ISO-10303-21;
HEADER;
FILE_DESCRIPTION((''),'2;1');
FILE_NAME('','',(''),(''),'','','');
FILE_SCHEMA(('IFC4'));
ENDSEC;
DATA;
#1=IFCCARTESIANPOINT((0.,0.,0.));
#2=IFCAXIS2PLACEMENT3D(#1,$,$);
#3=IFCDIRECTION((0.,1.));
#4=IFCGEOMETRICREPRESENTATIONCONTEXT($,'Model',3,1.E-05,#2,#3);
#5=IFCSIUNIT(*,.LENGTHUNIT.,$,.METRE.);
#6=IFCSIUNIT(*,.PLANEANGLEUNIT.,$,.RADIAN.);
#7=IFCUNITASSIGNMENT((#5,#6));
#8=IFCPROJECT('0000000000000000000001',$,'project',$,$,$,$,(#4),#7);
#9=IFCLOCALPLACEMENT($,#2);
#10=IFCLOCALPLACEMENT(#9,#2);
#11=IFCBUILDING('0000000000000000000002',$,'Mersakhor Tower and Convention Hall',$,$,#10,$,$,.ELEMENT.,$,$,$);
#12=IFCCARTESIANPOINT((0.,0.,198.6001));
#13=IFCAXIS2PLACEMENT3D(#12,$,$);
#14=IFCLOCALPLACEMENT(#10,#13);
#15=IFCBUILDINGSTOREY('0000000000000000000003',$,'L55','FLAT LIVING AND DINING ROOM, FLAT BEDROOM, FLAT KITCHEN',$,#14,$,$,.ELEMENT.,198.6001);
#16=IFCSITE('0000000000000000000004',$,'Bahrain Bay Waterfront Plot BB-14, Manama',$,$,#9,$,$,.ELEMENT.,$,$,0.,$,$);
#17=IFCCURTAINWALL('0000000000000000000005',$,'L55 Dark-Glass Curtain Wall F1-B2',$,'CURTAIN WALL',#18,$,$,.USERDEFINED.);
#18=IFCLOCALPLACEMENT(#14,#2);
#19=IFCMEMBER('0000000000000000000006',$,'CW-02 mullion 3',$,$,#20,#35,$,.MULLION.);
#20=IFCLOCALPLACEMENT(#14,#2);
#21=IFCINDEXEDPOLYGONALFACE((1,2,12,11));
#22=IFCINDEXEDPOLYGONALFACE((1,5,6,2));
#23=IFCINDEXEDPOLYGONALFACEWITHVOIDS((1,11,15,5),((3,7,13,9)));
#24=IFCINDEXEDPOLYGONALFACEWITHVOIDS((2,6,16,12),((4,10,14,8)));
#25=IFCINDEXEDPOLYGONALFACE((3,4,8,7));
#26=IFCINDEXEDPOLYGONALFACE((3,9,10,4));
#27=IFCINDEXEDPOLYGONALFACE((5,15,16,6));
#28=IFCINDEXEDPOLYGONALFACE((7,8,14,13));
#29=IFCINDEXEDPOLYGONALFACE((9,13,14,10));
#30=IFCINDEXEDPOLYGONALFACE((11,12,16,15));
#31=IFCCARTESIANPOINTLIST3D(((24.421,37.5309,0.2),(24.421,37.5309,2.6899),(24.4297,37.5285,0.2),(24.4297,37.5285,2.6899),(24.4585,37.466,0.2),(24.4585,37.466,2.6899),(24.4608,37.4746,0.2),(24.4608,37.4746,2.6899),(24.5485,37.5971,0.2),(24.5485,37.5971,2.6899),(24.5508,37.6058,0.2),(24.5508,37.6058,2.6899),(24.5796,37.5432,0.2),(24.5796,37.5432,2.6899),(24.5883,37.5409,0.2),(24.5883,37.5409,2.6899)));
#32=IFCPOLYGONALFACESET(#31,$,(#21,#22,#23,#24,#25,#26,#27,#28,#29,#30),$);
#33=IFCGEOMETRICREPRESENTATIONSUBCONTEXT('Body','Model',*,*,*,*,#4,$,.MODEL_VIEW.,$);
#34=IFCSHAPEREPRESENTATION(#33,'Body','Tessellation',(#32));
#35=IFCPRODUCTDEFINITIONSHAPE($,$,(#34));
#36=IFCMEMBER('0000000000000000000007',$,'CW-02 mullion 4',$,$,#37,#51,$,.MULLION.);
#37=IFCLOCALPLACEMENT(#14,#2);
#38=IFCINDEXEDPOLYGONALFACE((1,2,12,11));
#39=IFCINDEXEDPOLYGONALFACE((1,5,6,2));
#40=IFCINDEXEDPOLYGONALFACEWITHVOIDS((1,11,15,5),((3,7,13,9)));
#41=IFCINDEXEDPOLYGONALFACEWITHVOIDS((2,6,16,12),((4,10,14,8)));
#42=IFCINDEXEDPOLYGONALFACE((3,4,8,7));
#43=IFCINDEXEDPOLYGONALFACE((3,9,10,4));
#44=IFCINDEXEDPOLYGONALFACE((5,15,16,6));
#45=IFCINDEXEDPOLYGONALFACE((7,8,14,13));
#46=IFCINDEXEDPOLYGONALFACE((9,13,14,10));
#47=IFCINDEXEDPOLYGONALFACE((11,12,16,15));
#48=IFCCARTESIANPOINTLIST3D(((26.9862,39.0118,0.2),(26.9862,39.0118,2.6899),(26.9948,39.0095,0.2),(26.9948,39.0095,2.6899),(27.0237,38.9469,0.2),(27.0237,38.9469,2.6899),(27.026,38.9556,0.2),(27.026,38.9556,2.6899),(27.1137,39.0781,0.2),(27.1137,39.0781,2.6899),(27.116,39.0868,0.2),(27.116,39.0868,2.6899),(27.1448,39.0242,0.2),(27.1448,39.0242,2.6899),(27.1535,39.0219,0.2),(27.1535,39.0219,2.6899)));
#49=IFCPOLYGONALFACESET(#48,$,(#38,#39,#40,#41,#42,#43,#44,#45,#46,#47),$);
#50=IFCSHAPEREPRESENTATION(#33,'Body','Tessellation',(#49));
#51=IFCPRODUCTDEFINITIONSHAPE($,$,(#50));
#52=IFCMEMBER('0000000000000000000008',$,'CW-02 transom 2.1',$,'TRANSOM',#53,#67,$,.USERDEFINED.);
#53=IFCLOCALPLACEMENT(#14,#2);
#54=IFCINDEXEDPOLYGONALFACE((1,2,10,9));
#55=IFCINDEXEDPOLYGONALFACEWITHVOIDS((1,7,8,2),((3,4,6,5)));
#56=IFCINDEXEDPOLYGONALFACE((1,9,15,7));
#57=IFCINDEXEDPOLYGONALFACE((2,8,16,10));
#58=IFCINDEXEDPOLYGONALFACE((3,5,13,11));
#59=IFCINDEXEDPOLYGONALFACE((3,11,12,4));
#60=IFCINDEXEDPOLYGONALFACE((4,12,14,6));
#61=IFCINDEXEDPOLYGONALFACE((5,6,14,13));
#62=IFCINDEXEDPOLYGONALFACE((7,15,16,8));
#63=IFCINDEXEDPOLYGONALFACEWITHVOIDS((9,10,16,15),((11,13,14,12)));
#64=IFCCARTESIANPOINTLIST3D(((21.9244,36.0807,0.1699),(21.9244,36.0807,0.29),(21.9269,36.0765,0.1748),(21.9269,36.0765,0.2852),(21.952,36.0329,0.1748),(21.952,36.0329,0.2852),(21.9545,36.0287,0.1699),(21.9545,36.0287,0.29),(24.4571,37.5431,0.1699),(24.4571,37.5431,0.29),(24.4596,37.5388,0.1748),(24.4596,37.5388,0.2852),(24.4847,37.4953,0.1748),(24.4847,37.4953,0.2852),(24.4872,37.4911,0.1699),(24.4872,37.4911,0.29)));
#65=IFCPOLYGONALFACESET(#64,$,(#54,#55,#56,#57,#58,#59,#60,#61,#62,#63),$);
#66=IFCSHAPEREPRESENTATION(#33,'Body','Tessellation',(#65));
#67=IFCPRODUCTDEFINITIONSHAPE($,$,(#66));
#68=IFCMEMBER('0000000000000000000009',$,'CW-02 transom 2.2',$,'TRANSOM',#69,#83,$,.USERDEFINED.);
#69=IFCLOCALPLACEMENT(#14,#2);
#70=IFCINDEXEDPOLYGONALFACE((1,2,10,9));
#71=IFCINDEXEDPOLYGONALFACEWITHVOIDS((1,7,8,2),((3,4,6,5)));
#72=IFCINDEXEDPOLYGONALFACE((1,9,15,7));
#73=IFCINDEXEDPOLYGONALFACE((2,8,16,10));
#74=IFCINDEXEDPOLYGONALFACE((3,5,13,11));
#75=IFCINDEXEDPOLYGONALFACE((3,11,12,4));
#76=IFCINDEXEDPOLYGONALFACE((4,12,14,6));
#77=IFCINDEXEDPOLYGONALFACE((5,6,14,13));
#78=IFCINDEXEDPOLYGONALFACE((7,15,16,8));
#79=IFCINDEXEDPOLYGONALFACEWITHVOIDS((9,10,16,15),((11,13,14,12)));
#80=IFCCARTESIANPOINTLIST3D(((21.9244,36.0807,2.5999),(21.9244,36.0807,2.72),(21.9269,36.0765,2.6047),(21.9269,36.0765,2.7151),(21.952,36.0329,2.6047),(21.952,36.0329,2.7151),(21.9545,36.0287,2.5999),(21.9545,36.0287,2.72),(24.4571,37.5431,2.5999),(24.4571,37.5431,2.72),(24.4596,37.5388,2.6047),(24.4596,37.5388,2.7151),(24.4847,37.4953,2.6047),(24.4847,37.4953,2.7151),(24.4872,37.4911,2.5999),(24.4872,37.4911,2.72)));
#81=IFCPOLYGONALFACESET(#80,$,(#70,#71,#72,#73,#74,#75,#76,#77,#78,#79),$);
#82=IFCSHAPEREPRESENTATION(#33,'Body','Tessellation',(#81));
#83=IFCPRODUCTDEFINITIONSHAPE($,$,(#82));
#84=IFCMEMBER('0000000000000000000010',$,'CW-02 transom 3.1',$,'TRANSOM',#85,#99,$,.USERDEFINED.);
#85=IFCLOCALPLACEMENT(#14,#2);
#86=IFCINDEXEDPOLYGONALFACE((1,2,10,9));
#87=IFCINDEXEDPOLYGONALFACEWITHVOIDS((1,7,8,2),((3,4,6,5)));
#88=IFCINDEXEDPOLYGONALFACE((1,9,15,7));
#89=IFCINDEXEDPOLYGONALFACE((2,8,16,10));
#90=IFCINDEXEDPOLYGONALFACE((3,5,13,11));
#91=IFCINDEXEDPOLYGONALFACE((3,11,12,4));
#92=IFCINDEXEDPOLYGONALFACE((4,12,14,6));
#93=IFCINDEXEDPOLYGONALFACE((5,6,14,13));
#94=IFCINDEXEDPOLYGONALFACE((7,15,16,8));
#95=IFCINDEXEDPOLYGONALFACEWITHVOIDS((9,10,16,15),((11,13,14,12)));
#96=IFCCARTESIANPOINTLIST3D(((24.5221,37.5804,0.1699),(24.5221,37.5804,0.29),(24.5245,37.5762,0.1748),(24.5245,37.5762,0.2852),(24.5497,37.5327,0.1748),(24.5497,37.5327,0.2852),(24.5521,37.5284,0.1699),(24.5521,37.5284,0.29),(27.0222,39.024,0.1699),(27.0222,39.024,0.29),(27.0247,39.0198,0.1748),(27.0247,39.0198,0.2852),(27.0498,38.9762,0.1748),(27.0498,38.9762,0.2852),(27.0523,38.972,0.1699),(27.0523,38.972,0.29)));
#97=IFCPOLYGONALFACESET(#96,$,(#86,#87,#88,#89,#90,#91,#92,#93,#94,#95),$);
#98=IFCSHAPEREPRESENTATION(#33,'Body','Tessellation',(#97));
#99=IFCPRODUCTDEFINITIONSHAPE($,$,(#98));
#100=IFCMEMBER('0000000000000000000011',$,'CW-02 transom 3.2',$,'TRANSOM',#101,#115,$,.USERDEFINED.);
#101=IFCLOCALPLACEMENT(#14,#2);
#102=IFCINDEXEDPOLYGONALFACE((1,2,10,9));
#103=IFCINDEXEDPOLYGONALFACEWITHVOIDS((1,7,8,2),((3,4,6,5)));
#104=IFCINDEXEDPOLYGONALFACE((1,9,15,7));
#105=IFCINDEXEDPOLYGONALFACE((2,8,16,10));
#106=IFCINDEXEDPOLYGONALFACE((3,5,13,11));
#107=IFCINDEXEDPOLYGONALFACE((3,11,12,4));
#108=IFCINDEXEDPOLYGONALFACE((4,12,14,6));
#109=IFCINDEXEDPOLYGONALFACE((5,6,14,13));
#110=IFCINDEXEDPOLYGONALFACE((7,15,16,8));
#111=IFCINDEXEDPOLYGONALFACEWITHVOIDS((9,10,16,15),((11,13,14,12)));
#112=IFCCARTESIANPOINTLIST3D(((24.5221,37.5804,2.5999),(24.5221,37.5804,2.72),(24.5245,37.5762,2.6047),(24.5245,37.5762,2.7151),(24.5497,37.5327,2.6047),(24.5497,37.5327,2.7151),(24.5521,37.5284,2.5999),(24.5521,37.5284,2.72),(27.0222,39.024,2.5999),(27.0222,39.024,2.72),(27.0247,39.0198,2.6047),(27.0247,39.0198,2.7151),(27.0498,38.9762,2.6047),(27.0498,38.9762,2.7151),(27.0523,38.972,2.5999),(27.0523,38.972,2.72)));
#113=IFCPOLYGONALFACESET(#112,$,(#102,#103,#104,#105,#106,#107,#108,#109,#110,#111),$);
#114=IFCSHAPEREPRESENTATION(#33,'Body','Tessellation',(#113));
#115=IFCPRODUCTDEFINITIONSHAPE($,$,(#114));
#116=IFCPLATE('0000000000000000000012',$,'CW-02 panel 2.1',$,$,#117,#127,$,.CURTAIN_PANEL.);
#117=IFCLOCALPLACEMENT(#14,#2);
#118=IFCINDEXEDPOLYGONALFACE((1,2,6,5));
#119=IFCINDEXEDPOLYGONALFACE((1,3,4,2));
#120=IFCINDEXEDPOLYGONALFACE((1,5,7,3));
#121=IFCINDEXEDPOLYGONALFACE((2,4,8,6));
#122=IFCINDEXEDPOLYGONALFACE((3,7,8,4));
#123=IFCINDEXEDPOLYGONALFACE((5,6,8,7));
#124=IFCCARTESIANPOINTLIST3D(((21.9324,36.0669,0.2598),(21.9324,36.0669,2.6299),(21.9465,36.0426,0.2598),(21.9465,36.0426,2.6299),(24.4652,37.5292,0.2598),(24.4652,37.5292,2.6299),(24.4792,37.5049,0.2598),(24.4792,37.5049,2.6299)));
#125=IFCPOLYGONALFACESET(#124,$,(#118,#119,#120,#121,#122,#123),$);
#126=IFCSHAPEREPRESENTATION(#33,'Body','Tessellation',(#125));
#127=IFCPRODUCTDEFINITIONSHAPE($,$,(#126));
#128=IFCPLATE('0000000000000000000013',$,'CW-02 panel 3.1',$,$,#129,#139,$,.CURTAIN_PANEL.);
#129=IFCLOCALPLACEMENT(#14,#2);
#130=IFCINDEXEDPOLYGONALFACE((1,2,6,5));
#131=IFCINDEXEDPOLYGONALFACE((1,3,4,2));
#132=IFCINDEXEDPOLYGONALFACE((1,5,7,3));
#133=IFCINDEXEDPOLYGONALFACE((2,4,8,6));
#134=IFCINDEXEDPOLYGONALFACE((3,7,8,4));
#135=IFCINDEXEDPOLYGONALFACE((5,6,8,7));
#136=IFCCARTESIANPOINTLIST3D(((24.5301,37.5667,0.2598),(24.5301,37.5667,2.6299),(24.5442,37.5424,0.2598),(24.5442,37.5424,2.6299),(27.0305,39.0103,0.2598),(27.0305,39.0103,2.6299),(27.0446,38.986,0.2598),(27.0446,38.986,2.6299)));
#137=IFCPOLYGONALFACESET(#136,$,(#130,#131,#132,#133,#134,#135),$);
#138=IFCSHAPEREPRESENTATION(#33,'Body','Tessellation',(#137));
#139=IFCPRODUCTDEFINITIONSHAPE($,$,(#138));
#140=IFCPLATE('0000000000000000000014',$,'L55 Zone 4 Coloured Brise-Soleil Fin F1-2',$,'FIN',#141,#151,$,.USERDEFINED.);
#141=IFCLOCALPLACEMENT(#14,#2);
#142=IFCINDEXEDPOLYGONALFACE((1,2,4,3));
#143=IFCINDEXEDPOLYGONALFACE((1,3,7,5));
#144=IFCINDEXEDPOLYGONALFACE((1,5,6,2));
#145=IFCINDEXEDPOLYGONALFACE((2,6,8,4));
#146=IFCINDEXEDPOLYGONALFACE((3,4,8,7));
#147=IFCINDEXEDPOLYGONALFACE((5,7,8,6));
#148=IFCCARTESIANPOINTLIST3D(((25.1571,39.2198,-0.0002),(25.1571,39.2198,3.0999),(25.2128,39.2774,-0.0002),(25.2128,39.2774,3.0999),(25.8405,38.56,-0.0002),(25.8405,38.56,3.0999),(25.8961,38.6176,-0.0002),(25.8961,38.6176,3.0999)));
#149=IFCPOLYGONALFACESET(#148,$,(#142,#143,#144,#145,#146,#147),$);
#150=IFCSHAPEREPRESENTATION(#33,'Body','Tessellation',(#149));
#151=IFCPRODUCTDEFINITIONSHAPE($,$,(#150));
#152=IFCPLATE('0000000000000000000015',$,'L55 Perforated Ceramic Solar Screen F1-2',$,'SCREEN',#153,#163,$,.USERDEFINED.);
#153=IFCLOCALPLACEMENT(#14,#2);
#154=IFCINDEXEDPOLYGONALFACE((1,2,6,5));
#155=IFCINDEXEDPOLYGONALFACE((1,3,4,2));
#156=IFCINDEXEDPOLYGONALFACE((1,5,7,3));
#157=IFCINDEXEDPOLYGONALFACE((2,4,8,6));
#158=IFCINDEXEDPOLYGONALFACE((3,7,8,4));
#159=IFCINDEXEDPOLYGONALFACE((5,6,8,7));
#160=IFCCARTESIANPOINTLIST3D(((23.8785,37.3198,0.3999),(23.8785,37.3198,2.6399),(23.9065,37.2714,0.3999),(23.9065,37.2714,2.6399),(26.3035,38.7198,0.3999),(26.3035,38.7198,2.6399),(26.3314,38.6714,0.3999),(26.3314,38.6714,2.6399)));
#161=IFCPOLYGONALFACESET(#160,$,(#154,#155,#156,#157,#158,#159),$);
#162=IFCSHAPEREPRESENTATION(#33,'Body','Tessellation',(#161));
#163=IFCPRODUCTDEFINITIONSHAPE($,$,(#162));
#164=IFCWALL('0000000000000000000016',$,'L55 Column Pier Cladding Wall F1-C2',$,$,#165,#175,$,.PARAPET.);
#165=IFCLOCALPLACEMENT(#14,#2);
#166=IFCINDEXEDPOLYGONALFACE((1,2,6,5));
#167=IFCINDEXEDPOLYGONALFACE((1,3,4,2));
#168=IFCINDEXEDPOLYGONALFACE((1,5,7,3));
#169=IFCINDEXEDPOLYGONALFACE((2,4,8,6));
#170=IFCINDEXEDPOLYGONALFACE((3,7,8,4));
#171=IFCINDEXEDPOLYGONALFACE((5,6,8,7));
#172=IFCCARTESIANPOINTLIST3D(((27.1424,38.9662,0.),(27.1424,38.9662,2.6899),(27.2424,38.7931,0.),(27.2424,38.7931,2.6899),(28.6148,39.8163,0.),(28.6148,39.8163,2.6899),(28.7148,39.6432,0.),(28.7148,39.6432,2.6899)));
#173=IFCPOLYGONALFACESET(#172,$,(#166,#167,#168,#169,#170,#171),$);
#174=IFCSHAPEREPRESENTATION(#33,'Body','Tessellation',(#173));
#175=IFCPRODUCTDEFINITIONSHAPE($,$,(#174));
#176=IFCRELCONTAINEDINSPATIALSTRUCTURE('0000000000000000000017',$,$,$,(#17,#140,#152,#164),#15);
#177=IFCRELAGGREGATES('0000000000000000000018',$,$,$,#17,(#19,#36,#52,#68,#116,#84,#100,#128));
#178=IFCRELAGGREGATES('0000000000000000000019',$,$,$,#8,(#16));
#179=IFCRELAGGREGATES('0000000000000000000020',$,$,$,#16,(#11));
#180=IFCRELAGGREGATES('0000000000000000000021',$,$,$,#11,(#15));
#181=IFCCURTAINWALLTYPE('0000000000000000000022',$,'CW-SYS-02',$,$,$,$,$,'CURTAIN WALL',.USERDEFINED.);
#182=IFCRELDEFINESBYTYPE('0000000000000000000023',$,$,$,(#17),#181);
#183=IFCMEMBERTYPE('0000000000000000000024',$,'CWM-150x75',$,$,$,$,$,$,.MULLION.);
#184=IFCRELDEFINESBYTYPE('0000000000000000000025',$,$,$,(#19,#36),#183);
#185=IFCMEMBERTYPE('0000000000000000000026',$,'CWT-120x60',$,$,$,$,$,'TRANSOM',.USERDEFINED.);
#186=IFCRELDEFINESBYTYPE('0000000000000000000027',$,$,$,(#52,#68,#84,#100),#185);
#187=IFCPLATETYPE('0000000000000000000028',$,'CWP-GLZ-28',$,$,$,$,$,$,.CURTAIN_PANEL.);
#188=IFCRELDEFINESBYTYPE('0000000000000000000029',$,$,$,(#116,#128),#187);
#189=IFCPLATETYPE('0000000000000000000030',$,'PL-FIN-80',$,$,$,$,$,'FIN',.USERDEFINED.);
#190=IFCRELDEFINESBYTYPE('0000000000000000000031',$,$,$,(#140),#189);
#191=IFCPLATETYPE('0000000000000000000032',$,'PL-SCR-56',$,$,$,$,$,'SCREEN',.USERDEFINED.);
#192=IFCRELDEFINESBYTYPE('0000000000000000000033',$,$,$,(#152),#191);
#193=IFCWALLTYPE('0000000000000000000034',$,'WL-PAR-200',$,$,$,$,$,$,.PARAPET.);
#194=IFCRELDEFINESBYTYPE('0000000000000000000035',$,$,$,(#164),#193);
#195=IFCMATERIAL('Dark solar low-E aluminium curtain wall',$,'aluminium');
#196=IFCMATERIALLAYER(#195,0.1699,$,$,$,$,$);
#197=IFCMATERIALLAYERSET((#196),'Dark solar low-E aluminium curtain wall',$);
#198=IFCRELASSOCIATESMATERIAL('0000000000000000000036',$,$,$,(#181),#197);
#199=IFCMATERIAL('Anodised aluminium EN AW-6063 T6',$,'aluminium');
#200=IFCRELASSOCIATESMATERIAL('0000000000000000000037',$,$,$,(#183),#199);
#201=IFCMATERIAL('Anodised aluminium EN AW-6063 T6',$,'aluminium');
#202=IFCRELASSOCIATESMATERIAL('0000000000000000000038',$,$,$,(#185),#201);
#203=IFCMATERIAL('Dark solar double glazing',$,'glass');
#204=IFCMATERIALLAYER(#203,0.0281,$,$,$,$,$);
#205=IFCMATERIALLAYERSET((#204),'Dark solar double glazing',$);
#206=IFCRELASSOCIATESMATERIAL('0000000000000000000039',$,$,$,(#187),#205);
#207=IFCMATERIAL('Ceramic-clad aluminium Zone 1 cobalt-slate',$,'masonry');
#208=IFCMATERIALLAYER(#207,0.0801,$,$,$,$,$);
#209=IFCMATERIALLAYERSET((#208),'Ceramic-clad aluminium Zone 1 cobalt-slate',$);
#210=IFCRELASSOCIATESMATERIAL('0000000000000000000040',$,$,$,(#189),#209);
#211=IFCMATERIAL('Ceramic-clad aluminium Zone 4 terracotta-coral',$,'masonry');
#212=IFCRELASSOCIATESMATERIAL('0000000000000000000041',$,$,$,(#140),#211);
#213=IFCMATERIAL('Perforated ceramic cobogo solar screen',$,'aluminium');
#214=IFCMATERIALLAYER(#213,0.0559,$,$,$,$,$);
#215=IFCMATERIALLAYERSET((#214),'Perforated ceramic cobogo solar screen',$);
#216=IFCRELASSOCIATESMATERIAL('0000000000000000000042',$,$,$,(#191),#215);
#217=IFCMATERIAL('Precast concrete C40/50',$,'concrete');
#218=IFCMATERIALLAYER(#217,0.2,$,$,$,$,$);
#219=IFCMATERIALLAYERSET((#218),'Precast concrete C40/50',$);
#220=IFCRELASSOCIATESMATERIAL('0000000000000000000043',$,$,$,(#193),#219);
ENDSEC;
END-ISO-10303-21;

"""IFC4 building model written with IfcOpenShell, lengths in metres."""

from ifc_helpers import new_model, si_unit, direction, frame, frame_2d, origin, origin_2d, place, context, subcontext, project, spatial, rectangle, hollow_rectangle, extrude, material, layer, layer_set, material_profile, profile_set, type_object, element, aggregate, save


model = new_model("IFC4")

# Units and contexts
model_context = context("Model", 3, precision=1e-05, world=origin(), true_north=direction((0.0, 1.0)))
body_context = subcontext(model_context, "Body", "Model", "MODEL_VIEW")
ifc_project = project(units=[si_unit("LENGTHUNIT", "METRE"), si_unit("PLANEANGLEUNIT", "RADIAN")], contexts=[model_context])

# Site, building, storey
site_placement = place(None, origin())
site = spatial("IfcSite", under=ifc_project, at=site_placement, Name="Bahrain Bay Waterfront Plot BB-14, Manama", CompositionType="ELEMENT", RefElevation=0.0)
building_placement = place(site_placement, origin())
building = spatial("IfcBuilding", under=site, at=building_placement, Name="Mersakhor Tower and Convention Hall", CompositionType="ELEMENT")
storey_placement = place(building_placement, frame((0.0, 0.0, 198.6001)))
storey = spatial("IfcBuildingStorey", under=building, at=storey_placement, Name="L55", Description="FLAT LIVING AND DINING ROOM, FLAT BEDROOM, FLAT KITCHEN", CompositionType="ELEMENT", Elevation=198.6001)

# Curtain wall, members, plates
ifc_material_1 = material(Name="Dark solar low-E aluminium curtain wall", Category="aluminium")
ifc_layer_1 = layer(ifc_material_1, 0.1699)
ifc_layer_set_1 = layer_set([ifc_layer_1], Name="Dark solar low-E aluminium curtain wall")
curtain_wall_type = type_object("IfcCurtainWallType", Name="CW-SYS-02", ElementType="CURTAIN WALL", PredefinedType="USERDEFINED", material=ifc_layer_set_1)
curtain_wall_placement = place(storey_placement, origin())
curtain_wall = element("IfcCurtainWall", 1, at=curtain_wall_placement, inside=storey, type_object=curtain_wall_type, Name="L55 Dark-Glass Curtain Wall F1-B2", ObjectType="CURTAIN WALL", PredefinedType="USERDEFINED")
ifc_material_2 = material(Name="Anodised aluminium EN AW-6063 T6", Category="aluminium")
ifc_material_profile_1 = material_profile(ifc_material_2, hollow_rectangle(XDim=0.075, YDim=0.1499, WallThickness=0.0063, at=origin_2d()), Name="RHS 150x75x6.3")
ifc_profile_set_1 = profile_set([ifc_material_profile_1], Name="Anodised aluminium EN AW-6063 T6")
member_type_1 = type_object("IfcMemberType", Name="CWM-150x75", PredefinedType="MULLION", material=ifc_profile_set_1)
member_1_placement = place(storey_placement, frame((24.5046, 37.5359, 0.2), z_axis=(0.0, 0.0, 1.0), x_axis=(-0.500008, 0.866021, 0.0)))
member_1 = element("IfcMember", 2, at=member_1_placement, type_object=member_type_1, Name="CW-02 mullion 3", PredefinedType="MULLION", context=body_context, shape_type="SweptSolid", body=[
    extrude(hollow_rectangle(XDim=0.075, YDim=0.1499, WallThickness=0.0063, at=origin_2d()), origin(), (0.0, 0.0, 1.0), 2.49),
])
member_2_placement = place(storey_placement, frame((27.0698, 39.0168, 0.2), z_axis=(0.0, 0.0, 1.0), x_axis=(-0.500008, 0.866021, 0.0)))
member_2 = element("IfcMember", 3, at=member_2_placement, type_object=member_type_1, Name="CW-02 mullion 4", PredefinedType="MULLION", context=body_context, shape_type="SweptSolid", body=[
    extrude(hollow_rectangle(XDim=0.075, YDim=0.1499, WallThickness=0.0063, at=origin_2d()), origin(), (0.0, 0.0, 1.0), 2.49),
])
ifc_material_3 = material(Name="Anodised aluminium EN AW-6063 T6", Category="aluminium")
ifc_material_profile_2 = material_profile(ifc_material_3, hollow_rectangle(XDim=0.0601, YDim=0.1201, WallThickness=0.0049, at=origin_2d()), Name="RHS 120x60x5")
ifc_profile_set_2 = profile_set([ifc_material_profile_2], Name="Anodised aluminium EN AW-6063 T6")
member_type_2 = type_object("IfcMemberType", Name="CWT-120x60", ElementType="TRANSOM", PredefinedType="USERDEFINED", material=ifc_profile_set_2)
member_3_placement = place(storey_placement, frame((21.9395, 36.0547, 0.23), z_axis=(0.866005, 0.500036, 0.0), x_axis=(-0.500036, 0.866005, 0.0)))
member_3 = element("IfcMember", 4, at=member_3_placement, type_object=member_type_2, Name="CW-02 transom 2.1", ObjectType="TRANSOM", PredefinedType="USERDEFINED", context=body_context, shape_type="SweptSolid", body=[
    extrude(hollow_rectangle(XDim=0.0601, YDim=0.1201, WallThickness=0.0049, at=origin_2d()), origin(), (0.0, 0.0, 1.0), 2.9246),
])
member_4_placement = place(storey_placement, frame((21.9395, 36.0547, 2.6599), z_axis=(0.866005, 0.500036, 0.0), x_axis=(-0.500036, 0.866005, 0.0)))
member_4 = element("IfcMember", 5, at=member_4_placement, type_object=member_type_2, Name="CW-02 transom 2.2", ObjectType="TRANSOM", PredefinedType="USERDEFINED", context=body_context, shape_type="SweptSolid", body=[
    extrude(hollow_rectangle(XDim=0.0601, YDim=0.1201, WallThickness=0.0049, at=origin_2d()), origin(), (0.0, 0.0, 1.0), 2.9246),
])
member_5_placement = place(storey_placement, frame((24.5371, 37.5544, 0.23), z_axis=(0.866012, 0.500023, 0.0), x_axis=(-0.500023, 0.866012, 0.0)))
member_5 = element("IfcMember", 6, at=member_5_placement, type_object=member_type_2, Name="CW-02 transom 3.1", ObjectType="TRANSOM", PredefinedType="USERDEFINED", context=body_context, shape_type="SweptSolid", body=[
    extrude(hollow_rectangle(XDim=0.0601, YDim=0.1201, WallThickness=0.0049, at=origin_2d()), origin(), (0.0, 0.0, 1.0), 2.887),
])
member_6_placement = place(storey_placement, frame((24.5371, 37.5544, 2.6599), z_axis=(0.866012, 0.500023, 0.0), x_axis=(-0.500023, 0.866012, 0.0)))
member_6 = element("IfcMember", 7, at=member_6_placement, type_object=member_type_2, Name="CW-02 transom 3.2", ObjectType="TRANSOM", PredefinedType="USERDEFINED", context=body_context, shape_type="SweptSolid", body=[
    extrude(hollow_rectangle(XDim=0.0601, YDim=0.1201, WallThickness=0.0049, at=origin_2d()), origin(), (0.0, 0.0, 1.0), 2.887),
])
ifc_material_4 = material(Name="Dark solar double glazing", Category="glass")
ifc_layer_2 = layer(ifc_material_4, 0.0281)
ifc_layer_set_2 = layer_set([ifc_layer_2], Name="Dark solar double glazing")
plate_type_1 = type_object("IfcPlateType", Name="CWP-GLZ-28", PredefinedType="CURTAIN_PANEL", material=ifc_layer_set_2)
plate_1_placement = place(storey_placement, frame((23.2058, 36.7859, 0.2598), z_axis=(0.0, 0.0, 1.0), x_axis=(0.866021, 0.500008, 0.0)))
plate_1 = element("IfcPlate", 8, at=plate_1_placement, type_object=plate_type_1, Name="CW-02 panel 2.1", PredefinedType="CURTAIN_PANEL", context=body_context, shape_type="SweptSolid", body=[
    extrude(rectangle(XDim=2.9246, YDim=0.0281, at=origin_2d()), origin(), (0.0, 0.0, 1.0), 2.3701),
])
plate_2_placement = place(storey_placement, frame((25.7874, 38.2764, 0.2598), z_axis=(0.0, 0.0, 1.0), x_axis=(0.866021, 0.500008, 0.0)))
plate_2 = element("IfcPlate", 9, at=plate_2_placement, type_object=plate_type_1, Name="CW-02 panel 3.1", PredefinedType="CURTAIN_PANEL", context=body_context, shape_type="SweptSolid", body=[
    extrude(rectangle(XDim=2.8872, YDim=0.0281, at=origin_2d()), origin(), (0.0, 0.0, 1.0), 2.3701),
])
aggregate(curtain_wall, [member_1, member_2, member_3, member_4, plate_1, member_5, member_6, plate_2])

# Plates
ifc_material_5 = material(Name="Ceramic-clad aluminium Zone 4 terracotta-coral", Category="masonry")
ifc_material_6 = material(Name="Ceramic-clad aluminium Zone 1 cobalt-slate", Category="masonry")
ifc_layer_3 = layer(ifc_material_6, 0.0801)
ifc_layer_set_3 = layer_set([ifc_layer_3], Name="Ceramic-clad aluminium Zone 1 cobalt-slate")
plate_type_2 = type_object("IfcPlateType", Name="PL-FIN-80", ElementType="FIN", PredefinedType="USERDEFINED", material=ifc_layer_set_3)
plate_3_placement = place(storey_placement, frame((25.5266, 38.9187, -0.0002), z_axis=(0.0, 0.0, 1.0), x_axis=(-0.71934, 0.694658, 0.0)))
element("IfcPlate", 10, at=plate_3_placement, inside=storey, type_object=plate_type_2, material=ifc_material_5, Name="L55 Zone 4 Coloured Brise-Soleil Fin F1-2", ObjectType="FIN", PredefinedType="USERDEFINED", context=body_context, shape_type="SweptSolid", body=[
    extrude(rectangle(XDim=0.95, YDim=0.0801, at=origin_2d()), origin(), (0.0, 0.0, 1.0), 3.1001),
])
ifc_material_7 = material(Name="Perforated ceramic cobogo solar screen", Category="aluminium")
ifc_layer_4 = layer(ifc_material_7, 0.0559)
ifc_layer_set_4 = layer_set([ifc_layer_4], Name="Perforated ceramic cobogo solar screen")
plate_type_3 = type_object("IfcPlateType", Name="PL-SCR-56", ElementType="SCREEN", PredefinedType="USERDEFINED", material=ifc_layer_set_4)
plate_4_placement = place(storey_placement, frame((25.105, 37.9956, 0.3999), z_axis=(0.0, 0.0, 1.0), x_axis=(0.866025, 0.5, 0.0)))
element("IfcPlate", 11, at=plate_4_placement, inside=storey, type_object=plate_type_3, Name="L55 Perforated Ceramic Solar Screen F1-2", ObjectType="SCREEN", PredefinedType="USERDEFINED", context=body_context, shape_type="SweptSolid", body=[
    extrude(rectangle(XDim=2.8, YDim=0.0559, at=origin_2d()), origin(), (0.0, 0.0, 1.0), 2.24),
])

# Wall
ifc_material_8 = material(Name="Precast concrete C40/50", Category="concrete")
ifc_layer_5 = layer(ifc_material_8, 0.2)
ifc_layer_set_5 = layer_set([ifc_layer_5], Name="Precast concrete C40/50")
wall_type_1 = type_object("IfcWallType", Name="WL-PAR-200", PredefinedType="PARAPET", material=ifc_layer_set_5)
wall_1_placement = place(storey_placement, frame((27.1924, 38.8796, 0.0), z_axis=(0.0, 0.0, 1.0), x_axis=(0.866025, 0.5, 0.0)))
element("IfcWall", 12, at=wall_1_placement, inside=storey, type_object=wall_type_1, Name="L55 Column Pier Cladding Wall F1-C2", PredefinedType="PARAPET", context=body_context, shape_type="SweptSolid", body=[
    extrude(rectangle(XDim=1.7002, YDim=0.2, at=frame_2d((0.8501, 0.0))), origin(), (0.0, 0.0, 1.0), 2.6899),
])

save(model, "model.ifc")
